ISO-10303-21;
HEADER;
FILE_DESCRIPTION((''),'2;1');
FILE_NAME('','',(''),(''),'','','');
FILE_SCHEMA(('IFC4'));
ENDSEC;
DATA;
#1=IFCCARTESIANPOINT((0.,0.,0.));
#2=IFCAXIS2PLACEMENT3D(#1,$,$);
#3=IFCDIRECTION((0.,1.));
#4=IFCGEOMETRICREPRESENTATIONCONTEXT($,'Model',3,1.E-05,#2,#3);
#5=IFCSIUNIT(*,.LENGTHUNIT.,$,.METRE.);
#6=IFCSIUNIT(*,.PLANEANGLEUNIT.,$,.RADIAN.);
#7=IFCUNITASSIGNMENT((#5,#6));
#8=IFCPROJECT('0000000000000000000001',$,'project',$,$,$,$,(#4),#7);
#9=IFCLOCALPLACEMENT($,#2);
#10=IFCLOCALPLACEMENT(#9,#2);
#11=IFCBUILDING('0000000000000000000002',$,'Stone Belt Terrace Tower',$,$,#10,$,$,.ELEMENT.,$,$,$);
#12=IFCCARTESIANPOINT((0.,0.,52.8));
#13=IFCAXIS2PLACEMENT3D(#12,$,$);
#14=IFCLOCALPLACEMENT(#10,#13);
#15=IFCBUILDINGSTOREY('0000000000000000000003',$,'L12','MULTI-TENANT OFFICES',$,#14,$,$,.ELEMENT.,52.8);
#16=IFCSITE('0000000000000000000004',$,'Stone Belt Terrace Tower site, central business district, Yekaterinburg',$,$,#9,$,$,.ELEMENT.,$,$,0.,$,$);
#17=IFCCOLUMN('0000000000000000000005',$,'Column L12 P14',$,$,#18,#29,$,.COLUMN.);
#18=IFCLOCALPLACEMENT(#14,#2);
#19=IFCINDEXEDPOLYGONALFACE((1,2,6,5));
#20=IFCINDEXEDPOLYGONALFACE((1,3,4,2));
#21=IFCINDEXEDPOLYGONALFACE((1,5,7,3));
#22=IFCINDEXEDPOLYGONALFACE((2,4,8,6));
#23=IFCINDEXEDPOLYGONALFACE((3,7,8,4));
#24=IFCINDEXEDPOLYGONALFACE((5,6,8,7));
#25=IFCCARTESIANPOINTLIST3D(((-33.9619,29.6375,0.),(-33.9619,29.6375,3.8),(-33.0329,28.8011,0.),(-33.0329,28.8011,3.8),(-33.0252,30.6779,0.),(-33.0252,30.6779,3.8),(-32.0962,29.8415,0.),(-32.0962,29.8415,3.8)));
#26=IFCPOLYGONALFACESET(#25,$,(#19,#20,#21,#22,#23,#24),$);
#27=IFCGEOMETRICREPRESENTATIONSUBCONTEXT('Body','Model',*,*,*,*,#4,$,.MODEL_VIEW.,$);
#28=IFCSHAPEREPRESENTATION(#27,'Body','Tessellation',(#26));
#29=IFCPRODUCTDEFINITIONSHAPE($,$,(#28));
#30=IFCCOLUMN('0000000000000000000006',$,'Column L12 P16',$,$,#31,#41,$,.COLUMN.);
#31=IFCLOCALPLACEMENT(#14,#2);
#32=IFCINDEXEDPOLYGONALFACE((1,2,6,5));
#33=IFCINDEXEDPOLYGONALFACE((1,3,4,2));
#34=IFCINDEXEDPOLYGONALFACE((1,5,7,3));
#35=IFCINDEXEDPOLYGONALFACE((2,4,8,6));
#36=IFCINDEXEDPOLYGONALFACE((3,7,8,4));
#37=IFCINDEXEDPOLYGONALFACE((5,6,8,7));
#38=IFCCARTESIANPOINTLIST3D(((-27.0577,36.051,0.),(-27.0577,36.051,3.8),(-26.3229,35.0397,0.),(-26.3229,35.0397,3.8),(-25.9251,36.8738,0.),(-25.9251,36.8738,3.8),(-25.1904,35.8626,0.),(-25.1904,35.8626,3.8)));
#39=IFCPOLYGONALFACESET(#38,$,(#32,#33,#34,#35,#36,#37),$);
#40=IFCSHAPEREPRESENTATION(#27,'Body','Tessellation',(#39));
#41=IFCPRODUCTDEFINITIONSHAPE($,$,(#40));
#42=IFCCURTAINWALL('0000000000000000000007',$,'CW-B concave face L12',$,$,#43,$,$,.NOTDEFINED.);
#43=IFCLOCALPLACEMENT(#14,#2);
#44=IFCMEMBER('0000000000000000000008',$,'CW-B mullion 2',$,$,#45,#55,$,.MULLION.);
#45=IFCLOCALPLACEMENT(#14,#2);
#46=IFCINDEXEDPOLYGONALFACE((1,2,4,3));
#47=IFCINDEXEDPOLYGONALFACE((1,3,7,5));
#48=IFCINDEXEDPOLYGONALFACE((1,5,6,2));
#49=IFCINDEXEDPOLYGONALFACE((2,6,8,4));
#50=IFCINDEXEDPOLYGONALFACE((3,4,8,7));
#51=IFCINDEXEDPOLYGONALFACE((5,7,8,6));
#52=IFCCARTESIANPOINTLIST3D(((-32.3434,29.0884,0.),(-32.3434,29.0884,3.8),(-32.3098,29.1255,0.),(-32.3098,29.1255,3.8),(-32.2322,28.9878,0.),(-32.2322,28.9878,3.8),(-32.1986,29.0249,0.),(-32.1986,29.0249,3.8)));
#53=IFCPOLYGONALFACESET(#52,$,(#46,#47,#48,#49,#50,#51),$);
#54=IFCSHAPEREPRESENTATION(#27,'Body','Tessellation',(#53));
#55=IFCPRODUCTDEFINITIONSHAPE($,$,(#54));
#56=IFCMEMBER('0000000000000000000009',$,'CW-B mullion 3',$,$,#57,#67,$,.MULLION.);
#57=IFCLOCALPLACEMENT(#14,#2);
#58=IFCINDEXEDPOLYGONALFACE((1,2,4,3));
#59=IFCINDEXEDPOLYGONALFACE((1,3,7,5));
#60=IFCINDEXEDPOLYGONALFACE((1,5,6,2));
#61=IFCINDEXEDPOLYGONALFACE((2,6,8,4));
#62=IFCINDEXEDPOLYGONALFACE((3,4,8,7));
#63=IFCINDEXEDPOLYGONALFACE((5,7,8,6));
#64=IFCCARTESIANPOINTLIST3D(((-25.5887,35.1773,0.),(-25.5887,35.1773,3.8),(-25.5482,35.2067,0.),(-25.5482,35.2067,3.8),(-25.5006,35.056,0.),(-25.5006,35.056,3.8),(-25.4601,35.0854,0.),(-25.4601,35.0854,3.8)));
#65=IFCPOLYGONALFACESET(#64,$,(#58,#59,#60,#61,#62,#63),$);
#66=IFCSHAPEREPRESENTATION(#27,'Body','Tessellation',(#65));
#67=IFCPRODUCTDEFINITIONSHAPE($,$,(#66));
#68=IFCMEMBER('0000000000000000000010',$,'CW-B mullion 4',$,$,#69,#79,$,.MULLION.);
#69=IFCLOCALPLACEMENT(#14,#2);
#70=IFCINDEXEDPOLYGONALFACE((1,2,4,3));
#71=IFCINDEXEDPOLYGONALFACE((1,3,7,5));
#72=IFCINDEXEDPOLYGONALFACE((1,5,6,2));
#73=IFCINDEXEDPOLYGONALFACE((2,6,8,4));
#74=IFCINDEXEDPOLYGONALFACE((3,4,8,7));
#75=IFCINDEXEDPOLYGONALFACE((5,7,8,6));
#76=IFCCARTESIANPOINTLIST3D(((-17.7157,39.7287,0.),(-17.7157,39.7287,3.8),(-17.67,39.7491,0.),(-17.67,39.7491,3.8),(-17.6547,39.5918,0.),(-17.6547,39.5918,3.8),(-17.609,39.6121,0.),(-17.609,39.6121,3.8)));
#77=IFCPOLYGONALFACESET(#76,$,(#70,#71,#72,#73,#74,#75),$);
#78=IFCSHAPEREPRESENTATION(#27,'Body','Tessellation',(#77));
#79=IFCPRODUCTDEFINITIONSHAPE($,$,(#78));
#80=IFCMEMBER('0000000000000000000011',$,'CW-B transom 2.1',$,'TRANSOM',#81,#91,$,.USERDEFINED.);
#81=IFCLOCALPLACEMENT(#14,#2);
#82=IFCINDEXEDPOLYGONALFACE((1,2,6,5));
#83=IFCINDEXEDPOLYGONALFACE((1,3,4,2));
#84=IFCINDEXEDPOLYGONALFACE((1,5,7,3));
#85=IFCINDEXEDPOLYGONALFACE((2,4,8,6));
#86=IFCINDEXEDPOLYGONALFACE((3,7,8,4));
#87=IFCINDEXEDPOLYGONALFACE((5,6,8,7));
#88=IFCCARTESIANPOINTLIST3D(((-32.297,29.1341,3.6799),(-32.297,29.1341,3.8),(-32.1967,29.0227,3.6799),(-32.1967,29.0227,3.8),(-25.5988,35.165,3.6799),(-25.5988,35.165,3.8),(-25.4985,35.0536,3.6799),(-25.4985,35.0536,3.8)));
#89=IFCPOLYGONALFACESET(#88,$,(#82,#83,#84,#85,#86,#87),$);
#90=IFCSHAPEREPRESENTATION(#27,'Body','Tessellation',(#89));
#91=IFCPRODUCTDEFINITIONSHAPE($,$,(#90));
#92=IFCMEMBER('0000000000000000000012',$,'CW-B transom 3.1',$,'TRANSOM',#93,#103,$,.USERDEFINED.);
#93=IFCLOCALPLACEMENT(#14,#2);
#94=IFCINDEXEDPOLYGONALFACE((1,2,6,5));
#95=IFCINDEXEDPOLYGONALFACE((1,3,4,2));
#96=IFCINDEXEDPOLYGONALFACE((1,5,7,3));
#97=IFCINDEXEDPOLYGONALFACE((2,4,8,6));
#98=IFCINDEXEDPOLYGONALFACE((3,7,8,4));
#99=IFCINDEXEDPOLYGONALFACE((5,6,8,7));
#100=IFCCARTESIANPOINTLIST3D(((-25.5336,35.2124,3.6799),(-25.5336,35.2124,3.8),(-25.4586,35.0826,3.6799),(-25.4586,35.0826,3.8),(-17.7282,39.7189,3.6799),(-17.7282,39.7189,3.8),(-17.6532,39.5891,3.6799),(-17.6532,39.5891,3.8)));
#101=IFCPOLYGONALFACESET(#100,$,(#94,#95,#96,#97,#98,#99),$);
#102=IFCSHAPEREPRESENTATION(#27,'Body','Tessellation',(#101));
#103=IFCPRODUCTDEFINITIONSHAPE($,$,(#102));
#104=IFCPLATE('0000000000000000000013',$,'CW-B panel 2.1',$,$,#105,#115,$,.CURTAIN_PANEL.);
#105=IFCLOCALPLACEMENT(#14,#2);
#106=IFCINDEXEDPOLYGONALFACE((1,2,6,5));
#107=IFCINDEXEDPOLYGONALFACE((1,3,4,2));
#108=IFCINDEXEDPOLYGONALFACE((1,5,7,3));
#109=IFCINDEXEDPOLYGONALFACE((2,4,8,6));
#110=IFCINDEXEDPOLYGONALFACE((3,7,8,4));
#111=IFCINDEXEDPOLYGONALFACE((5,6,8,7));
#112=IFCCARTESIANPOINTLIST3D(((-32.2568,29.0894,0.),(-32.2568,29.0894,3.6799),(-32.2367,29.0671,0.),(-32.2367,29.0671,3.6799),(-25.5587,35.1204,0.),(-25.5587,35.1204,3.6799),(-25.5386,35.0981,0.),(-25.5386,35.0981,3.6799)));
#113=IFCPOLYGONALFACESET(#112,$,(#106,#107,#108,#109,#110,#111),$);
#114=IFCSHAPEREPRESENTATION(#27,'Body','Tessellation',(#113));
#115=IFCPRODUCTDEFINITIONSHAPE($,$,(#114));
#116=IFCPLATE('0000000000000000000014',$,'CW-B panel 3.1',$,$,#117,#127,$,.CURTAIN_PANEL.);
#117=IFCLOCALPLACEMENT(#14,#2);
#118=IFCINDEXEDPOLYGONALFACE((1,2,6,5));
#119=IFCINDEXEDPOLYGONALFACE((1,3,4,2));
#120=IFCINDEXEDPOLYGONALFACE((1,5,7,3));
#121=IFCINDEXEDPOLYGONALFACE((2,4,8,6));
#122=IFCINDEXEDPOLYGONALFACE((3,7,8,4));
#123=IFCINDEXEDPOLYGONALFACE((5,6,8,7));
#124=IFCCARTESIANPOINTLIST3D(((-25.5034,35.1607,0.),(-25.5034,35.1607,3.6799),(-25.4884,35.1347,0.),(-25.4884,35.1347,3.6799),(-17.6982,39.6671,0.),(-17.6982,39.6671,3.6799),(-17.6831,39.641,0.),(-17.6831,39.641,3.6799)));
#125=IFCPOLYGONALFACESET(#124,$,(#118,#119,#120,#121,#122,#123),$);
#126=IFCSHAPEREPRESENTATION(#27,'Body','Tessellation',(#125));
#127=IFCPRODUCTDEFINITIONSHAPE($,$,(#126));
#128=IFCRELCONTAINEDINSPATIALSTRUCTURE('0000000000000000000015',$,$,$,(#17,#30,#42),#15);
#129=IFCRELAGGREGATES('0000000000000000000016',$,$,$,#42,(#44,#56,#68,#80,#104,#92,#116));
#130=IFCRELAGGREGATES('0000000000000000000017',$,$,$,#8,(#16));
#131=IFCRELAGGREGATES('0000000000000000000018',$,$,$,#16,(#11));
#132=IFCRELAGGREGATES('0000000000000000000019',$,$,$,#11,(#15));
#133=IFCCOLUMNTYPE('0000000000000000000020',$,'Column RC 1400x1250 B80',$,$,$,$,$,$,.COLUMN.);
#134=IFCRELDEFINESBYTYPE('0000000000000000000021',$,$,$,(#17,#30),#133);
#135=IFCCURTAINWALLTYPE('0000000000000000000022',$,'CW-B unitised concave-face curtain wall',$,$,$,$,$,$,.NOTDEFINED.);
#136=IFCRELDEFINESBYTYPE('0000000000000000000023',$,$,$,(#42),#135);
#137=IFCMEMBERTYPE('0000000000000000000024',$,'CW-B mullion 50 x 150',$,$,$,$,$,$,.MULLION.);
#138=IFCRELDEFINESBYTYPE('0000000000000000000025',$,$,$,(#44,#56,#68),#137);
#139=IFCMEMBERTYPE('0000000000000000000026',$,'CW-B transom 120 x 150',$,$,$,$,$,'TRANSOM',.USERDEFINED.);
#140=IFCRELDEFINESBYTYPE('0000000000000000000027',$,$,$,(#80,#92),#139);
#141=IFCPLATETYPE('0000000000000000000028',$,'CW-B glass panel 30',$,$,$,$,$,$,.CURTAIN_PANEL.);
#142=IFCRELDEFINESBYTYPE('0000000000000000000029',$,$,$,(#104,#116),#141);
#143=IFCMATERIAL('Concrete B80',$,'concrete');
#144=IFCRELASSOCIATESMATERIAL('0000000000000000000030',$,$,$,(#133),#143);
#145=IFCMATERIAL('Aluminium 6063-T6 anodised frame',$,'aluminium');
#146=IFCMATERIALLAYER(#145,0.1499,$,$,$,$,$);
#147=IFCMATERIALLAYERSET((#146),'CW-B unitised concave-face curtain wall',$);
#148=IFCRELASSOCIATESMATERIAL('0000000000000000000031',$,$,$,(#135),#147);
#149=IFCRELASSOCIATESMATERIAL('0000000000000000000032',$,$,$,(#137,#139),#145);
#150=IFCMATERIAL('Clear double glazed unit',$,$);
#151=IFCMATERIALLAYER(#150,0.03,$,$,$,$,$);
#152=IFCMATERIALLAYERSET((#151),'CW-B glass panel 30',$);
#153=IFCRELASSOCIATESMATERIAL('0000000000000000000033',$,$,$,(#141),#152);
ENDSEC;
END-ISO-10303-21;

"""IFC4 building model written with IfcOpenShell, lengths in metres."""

from ifc_helpers import new_model, si_unit, direction, frame, origin, origin_2d, place, context, subcontext, project, spatial, rectangle, extrude, material, layer, layer_set, material_profile, profile_set, type_object, element, aggregate, save


model = new_model("IFC4")

# Units and contexts
model_context = context("Model", 3, precision=1e-05, world=origin(), true_north=direction((0.0, 1.0)))
body_context = subcontext(model_context, "Body", "Model", "MODEL_VIEW")
ifc_project = project(units=[si_unit("LENGTHUNIT", "METRE"), si_unit("PLANEANGLEUNIT", "RADIAN")], contexts=[model_context])

# Site, building, storey
site_placement = place(None, origin())
site = spatial("IfcSite", under=ifc_project, at=site_placement, Name="Stone Belt Terrace Tower site, central business district, Yekaterinburg", CompositionType="ELEMENT", RefElevation=0.0)
building_placement = place(site_placement, origin())
building = spatial("IfcBuilding", under=site, at=building_placement, Name="Stone Belt Terrace Tower", CompositionType="ELEMENT")
storey_placement = place(building_placement, frame((0.0, 0.0, 52.8)))
storey = spatial("IfcBuildingStorey", under=building, at=storey_placement, Name="L12", Description="MULTI-TENANT OFFICES", CompositionType="ELEMENT", Elevation=52.8)

# Columns
ifc_material_1 = material(Name="Concrete B80", Category="concrete")
ifc_material_profile_1 = material_profile(ifc_material_1, rectangle(XDim=1.3999, YDim=1.25, at=origin_2d()), Name="RC 1400x1250")
ifc_profile_set_1 = profile_set([ifc_material_profile_1], Name="Concrete B80")
column_type = type_object("IfcColumnType", Name="Column RC 1400x1250 B80", PredefinedType="COLUMN", material=ifc_profile_set_1)
for number, where, z_axis, x_axis, name in (
    (1, (-33.0291, 29.7395, 0.0), (0.0, 0.0, 1.0), (0.669131, 0.743145, 0.0), "Column L12 P14"),
    (2, (-26.124, 35.9568, 0.0), (0.0, 0.0, 1.0), (0.809017, 0.587785, 0.0), "Column L12 P16"),
):
    element("IfcColumn", number, at=place(storey_placement, frame(where, z_axis=z_axis, x_axis=x_axis)), inside=storey, type_object=column_type, Name=name, PredefinedType="COLUMN", context=body_context, shape_type="SweptSolid", body=[
        extrude(rectangle(XDim=1.3999, YDim=1.25, at=origin_2d()), origin(), (0.0, 0.0, 1.0), 3.8),
    ])

# Curtain wall, members, plates
ifc_material_2 = material(Name="Aluminium 6063-T6 anodised frame", Category="aluminium")
ifc_layer_1 = layer(ifc_material_2, 0.1499)
ifc_layer_set_1 = layer_set([ifc_layer_1], Name="CW-B unitised concave-face curtain wall")
curtain_wall_type = type_object("IfcCurtainWallType", Name="CW-B unitised concave-face curtain wall", PredefinedType="NOTDEFINED", material=ifc_layer_set_1)
curtain_wall_placement = place(storey_placement, origin())
curtain_wall = element("IfcCurtainWall", 3, at=curtain_wall_placement, inside=storey, type_object=curtain_wall_type, Name="CW-B concave face L12", PredefinedType="NOTDEFINED")
ifc_material_profile_2 = material_profile(ifc_material_2, rectangle(XDim=0.1499, YDim=0.05, at=origin_2d()), Name="Aluminium 6063-T6 50x150")
ifc_profile_set_2 = profile_set([ifc_material_profile_2], Name="Aluminium 6063-T6 anodised frame")
member_type_1 = type_object("IfcMemberType", Name="CW-B mullion 50 x 150", PredefinedType="MULLION", material=ifc_profile_set_2)
member_1_placement = place(storey_placement, frame((-32.271, 29.0566, 0.0), z_axis=(0.0, 0.0, 1.0), x_axis=(-0.74133, 0.671141, 0.0)))
member_1 = element("IfcMember", 4, at=member_1_placement, type_object=member_type_1, Name="CW-B mullion 2", PredefinedType="MULLION", context=body_context, shape_type="SweptSolid", body=[
    extrude(rectangle(XDim=0.1499, YDim=0.05, at=origin_2d()), origin(), (0.0, 0.0, 1.0), 3.8),
])
member_2_placement = place(storey_placement, frame((-25.5244, 35.1313, 0.0), z_axis=(0.0, 0.0, 1.0), x_axis=(-0.587785, 0.809017, 0.0)))
member_2 = element("IfcMember", 5, at=member_2_placement, type_object=member_type_1, Name="CW-B mullion 3", PredefinedType="MULLION", context=body_context, shape_type="SweptSolid", body=[
    extrude(rectangle(XDim=0.1499, YDim=0.05, at=origin_2d()), origin(), (0.0, 0.0, 1.0), 3.8),
])
member_3_placement = place(storey_placement, frame((-17.6624, 39.6704, 0.0), z_axis=(0.0, 0.0, 1.0), x_axis=(-0.406737, 0.913545, 0.0)))
member_3 = element("IfcMember", 6, at=member_3_placement, type_object=member_type_1, Name="CW-B mullion 4", PredefinedType="MULLION", context=body_context, shape_type="SweptSolid", body=[
    extrude(rectangle(XDim=0.1499, YDim=0.05, at=origin_2d()), origin(), (0.0, 0.0, 1.0), 3.8),
])
ifc_material_profile_3 = material_profile(ifc_material_2, rectangle(XDim=0.1499, YDim=0.1201, at=origin_2d()), Name="Aluminium 6063-T6 150x120")
ifc_profile_set_3 = profile_set([ifc_material_profile_3], Name="Aluminium 6063-T6 anodised frame")
member_type_2 = type_object("IfcMemberType", Name="CW-B transom 120 x 150", ElementType="TRANSOM", PredefinedType="USERDEFINED", material=ifc_profile_set_3)
member_4_placement = place(storey_placement, frame((-32.2468, 29.0784, 3.74), z_axis=(0.743151, 0.669123, 0.0), x_axis=(-0.669123, 0.743151, 0.0)))
member_4 = element("IfcMember", 7, at=member_4_placement, type_object=member_type_2, Name="CW-B transom 2.1", ObjectType="TRANSOM", PredefinedType="USERDEFINED", context=body_context, shape_type="SweptSolid", body=[
    extrude(rectangle(XDim=0.1499, YDim=0.1201, at=origin_2d()), origin(), (0.0, 0.0, 1.0), 9.0132),
])
member_5_placement = place(storey_placement, frame((-25.4961, 35.1475, 3.74), z_axis=(0.866019, 0.500011, 0.0), x_axis=(-0.500011, 0.866019, 0.0)))
member_5 = element("IfcMember", 8, at=member_5_placement, type_object=member_type_2, Name="CW-B transom 3.1", ObjectType="TRANSOM", PredefinedType="USERDEFINED", context=body_context, shape_type="SweptSolid", body=[
    extrude(rectangle(XDim=0.1499, YDim=0.1201, at=origin_2d()), origin(), (0.0, 0.0, 1.0), 9.0129),
])
ifc_material_3 = material(Name="Clear double glazed unit")
ifc_layer_2 = layer(ifc_material_3, 0.03)
ifc_layer_set_2 = layer_set([ifc_layer_2], Name="CW-B glass panel 30")
plate_type = type_object("IfcPlateType", Name="CW-B glass panel 30", PredefinedType="CURTAIN_PANEL", material=ifc_layer_set_2)
plate_1_placement = place(storey_placement, frame((-28.8977, 32.0938, 0.0), z_axis=(0.0, 0.0, 1.0), x_axis=(0.743145, 0.669131, 0.0)))
plate_1 = element("IfcPlate", 9, at=plate_1_placement, type_object=plate_type, Name="CW-B panel 2.1", PredefinedType="CURTAIN_PANEL", context=body_context, shape_type="SweptSolid", body=[
    extrude(rectangle(XDim=9.0132, YDim=0.03, at=origin_2d()), origin(), (0.0, 0.0, 1.0), 3.6799),
])
plate_2_placement = place(storey_placement, frame((-21.5933, 37.4009, 0.0), z_axis=(0.0, 0.0, 1.0), x_axis=(0.866025, 0.5, 0.0)))
plate_2 = element("IfcPlate", 10, at=plate_2_placement, type_object=plate_type, Name="CW-B panel 3.1", PredefinedType="CURTAIN_PANEL", context=body_context, shape_type="SweptSolid", body=[
    extrude(rectangle(XDim=9.0127, YDim=0.03, at=origin_2d()), origin(), (0.0, 0.0, 1.0), 3.6799),
])
aggregate(curtain_wall, [member_1, member_2, member_3, member_4, plate_1, member_5, plate_2])

save(model, "model.ifc")
